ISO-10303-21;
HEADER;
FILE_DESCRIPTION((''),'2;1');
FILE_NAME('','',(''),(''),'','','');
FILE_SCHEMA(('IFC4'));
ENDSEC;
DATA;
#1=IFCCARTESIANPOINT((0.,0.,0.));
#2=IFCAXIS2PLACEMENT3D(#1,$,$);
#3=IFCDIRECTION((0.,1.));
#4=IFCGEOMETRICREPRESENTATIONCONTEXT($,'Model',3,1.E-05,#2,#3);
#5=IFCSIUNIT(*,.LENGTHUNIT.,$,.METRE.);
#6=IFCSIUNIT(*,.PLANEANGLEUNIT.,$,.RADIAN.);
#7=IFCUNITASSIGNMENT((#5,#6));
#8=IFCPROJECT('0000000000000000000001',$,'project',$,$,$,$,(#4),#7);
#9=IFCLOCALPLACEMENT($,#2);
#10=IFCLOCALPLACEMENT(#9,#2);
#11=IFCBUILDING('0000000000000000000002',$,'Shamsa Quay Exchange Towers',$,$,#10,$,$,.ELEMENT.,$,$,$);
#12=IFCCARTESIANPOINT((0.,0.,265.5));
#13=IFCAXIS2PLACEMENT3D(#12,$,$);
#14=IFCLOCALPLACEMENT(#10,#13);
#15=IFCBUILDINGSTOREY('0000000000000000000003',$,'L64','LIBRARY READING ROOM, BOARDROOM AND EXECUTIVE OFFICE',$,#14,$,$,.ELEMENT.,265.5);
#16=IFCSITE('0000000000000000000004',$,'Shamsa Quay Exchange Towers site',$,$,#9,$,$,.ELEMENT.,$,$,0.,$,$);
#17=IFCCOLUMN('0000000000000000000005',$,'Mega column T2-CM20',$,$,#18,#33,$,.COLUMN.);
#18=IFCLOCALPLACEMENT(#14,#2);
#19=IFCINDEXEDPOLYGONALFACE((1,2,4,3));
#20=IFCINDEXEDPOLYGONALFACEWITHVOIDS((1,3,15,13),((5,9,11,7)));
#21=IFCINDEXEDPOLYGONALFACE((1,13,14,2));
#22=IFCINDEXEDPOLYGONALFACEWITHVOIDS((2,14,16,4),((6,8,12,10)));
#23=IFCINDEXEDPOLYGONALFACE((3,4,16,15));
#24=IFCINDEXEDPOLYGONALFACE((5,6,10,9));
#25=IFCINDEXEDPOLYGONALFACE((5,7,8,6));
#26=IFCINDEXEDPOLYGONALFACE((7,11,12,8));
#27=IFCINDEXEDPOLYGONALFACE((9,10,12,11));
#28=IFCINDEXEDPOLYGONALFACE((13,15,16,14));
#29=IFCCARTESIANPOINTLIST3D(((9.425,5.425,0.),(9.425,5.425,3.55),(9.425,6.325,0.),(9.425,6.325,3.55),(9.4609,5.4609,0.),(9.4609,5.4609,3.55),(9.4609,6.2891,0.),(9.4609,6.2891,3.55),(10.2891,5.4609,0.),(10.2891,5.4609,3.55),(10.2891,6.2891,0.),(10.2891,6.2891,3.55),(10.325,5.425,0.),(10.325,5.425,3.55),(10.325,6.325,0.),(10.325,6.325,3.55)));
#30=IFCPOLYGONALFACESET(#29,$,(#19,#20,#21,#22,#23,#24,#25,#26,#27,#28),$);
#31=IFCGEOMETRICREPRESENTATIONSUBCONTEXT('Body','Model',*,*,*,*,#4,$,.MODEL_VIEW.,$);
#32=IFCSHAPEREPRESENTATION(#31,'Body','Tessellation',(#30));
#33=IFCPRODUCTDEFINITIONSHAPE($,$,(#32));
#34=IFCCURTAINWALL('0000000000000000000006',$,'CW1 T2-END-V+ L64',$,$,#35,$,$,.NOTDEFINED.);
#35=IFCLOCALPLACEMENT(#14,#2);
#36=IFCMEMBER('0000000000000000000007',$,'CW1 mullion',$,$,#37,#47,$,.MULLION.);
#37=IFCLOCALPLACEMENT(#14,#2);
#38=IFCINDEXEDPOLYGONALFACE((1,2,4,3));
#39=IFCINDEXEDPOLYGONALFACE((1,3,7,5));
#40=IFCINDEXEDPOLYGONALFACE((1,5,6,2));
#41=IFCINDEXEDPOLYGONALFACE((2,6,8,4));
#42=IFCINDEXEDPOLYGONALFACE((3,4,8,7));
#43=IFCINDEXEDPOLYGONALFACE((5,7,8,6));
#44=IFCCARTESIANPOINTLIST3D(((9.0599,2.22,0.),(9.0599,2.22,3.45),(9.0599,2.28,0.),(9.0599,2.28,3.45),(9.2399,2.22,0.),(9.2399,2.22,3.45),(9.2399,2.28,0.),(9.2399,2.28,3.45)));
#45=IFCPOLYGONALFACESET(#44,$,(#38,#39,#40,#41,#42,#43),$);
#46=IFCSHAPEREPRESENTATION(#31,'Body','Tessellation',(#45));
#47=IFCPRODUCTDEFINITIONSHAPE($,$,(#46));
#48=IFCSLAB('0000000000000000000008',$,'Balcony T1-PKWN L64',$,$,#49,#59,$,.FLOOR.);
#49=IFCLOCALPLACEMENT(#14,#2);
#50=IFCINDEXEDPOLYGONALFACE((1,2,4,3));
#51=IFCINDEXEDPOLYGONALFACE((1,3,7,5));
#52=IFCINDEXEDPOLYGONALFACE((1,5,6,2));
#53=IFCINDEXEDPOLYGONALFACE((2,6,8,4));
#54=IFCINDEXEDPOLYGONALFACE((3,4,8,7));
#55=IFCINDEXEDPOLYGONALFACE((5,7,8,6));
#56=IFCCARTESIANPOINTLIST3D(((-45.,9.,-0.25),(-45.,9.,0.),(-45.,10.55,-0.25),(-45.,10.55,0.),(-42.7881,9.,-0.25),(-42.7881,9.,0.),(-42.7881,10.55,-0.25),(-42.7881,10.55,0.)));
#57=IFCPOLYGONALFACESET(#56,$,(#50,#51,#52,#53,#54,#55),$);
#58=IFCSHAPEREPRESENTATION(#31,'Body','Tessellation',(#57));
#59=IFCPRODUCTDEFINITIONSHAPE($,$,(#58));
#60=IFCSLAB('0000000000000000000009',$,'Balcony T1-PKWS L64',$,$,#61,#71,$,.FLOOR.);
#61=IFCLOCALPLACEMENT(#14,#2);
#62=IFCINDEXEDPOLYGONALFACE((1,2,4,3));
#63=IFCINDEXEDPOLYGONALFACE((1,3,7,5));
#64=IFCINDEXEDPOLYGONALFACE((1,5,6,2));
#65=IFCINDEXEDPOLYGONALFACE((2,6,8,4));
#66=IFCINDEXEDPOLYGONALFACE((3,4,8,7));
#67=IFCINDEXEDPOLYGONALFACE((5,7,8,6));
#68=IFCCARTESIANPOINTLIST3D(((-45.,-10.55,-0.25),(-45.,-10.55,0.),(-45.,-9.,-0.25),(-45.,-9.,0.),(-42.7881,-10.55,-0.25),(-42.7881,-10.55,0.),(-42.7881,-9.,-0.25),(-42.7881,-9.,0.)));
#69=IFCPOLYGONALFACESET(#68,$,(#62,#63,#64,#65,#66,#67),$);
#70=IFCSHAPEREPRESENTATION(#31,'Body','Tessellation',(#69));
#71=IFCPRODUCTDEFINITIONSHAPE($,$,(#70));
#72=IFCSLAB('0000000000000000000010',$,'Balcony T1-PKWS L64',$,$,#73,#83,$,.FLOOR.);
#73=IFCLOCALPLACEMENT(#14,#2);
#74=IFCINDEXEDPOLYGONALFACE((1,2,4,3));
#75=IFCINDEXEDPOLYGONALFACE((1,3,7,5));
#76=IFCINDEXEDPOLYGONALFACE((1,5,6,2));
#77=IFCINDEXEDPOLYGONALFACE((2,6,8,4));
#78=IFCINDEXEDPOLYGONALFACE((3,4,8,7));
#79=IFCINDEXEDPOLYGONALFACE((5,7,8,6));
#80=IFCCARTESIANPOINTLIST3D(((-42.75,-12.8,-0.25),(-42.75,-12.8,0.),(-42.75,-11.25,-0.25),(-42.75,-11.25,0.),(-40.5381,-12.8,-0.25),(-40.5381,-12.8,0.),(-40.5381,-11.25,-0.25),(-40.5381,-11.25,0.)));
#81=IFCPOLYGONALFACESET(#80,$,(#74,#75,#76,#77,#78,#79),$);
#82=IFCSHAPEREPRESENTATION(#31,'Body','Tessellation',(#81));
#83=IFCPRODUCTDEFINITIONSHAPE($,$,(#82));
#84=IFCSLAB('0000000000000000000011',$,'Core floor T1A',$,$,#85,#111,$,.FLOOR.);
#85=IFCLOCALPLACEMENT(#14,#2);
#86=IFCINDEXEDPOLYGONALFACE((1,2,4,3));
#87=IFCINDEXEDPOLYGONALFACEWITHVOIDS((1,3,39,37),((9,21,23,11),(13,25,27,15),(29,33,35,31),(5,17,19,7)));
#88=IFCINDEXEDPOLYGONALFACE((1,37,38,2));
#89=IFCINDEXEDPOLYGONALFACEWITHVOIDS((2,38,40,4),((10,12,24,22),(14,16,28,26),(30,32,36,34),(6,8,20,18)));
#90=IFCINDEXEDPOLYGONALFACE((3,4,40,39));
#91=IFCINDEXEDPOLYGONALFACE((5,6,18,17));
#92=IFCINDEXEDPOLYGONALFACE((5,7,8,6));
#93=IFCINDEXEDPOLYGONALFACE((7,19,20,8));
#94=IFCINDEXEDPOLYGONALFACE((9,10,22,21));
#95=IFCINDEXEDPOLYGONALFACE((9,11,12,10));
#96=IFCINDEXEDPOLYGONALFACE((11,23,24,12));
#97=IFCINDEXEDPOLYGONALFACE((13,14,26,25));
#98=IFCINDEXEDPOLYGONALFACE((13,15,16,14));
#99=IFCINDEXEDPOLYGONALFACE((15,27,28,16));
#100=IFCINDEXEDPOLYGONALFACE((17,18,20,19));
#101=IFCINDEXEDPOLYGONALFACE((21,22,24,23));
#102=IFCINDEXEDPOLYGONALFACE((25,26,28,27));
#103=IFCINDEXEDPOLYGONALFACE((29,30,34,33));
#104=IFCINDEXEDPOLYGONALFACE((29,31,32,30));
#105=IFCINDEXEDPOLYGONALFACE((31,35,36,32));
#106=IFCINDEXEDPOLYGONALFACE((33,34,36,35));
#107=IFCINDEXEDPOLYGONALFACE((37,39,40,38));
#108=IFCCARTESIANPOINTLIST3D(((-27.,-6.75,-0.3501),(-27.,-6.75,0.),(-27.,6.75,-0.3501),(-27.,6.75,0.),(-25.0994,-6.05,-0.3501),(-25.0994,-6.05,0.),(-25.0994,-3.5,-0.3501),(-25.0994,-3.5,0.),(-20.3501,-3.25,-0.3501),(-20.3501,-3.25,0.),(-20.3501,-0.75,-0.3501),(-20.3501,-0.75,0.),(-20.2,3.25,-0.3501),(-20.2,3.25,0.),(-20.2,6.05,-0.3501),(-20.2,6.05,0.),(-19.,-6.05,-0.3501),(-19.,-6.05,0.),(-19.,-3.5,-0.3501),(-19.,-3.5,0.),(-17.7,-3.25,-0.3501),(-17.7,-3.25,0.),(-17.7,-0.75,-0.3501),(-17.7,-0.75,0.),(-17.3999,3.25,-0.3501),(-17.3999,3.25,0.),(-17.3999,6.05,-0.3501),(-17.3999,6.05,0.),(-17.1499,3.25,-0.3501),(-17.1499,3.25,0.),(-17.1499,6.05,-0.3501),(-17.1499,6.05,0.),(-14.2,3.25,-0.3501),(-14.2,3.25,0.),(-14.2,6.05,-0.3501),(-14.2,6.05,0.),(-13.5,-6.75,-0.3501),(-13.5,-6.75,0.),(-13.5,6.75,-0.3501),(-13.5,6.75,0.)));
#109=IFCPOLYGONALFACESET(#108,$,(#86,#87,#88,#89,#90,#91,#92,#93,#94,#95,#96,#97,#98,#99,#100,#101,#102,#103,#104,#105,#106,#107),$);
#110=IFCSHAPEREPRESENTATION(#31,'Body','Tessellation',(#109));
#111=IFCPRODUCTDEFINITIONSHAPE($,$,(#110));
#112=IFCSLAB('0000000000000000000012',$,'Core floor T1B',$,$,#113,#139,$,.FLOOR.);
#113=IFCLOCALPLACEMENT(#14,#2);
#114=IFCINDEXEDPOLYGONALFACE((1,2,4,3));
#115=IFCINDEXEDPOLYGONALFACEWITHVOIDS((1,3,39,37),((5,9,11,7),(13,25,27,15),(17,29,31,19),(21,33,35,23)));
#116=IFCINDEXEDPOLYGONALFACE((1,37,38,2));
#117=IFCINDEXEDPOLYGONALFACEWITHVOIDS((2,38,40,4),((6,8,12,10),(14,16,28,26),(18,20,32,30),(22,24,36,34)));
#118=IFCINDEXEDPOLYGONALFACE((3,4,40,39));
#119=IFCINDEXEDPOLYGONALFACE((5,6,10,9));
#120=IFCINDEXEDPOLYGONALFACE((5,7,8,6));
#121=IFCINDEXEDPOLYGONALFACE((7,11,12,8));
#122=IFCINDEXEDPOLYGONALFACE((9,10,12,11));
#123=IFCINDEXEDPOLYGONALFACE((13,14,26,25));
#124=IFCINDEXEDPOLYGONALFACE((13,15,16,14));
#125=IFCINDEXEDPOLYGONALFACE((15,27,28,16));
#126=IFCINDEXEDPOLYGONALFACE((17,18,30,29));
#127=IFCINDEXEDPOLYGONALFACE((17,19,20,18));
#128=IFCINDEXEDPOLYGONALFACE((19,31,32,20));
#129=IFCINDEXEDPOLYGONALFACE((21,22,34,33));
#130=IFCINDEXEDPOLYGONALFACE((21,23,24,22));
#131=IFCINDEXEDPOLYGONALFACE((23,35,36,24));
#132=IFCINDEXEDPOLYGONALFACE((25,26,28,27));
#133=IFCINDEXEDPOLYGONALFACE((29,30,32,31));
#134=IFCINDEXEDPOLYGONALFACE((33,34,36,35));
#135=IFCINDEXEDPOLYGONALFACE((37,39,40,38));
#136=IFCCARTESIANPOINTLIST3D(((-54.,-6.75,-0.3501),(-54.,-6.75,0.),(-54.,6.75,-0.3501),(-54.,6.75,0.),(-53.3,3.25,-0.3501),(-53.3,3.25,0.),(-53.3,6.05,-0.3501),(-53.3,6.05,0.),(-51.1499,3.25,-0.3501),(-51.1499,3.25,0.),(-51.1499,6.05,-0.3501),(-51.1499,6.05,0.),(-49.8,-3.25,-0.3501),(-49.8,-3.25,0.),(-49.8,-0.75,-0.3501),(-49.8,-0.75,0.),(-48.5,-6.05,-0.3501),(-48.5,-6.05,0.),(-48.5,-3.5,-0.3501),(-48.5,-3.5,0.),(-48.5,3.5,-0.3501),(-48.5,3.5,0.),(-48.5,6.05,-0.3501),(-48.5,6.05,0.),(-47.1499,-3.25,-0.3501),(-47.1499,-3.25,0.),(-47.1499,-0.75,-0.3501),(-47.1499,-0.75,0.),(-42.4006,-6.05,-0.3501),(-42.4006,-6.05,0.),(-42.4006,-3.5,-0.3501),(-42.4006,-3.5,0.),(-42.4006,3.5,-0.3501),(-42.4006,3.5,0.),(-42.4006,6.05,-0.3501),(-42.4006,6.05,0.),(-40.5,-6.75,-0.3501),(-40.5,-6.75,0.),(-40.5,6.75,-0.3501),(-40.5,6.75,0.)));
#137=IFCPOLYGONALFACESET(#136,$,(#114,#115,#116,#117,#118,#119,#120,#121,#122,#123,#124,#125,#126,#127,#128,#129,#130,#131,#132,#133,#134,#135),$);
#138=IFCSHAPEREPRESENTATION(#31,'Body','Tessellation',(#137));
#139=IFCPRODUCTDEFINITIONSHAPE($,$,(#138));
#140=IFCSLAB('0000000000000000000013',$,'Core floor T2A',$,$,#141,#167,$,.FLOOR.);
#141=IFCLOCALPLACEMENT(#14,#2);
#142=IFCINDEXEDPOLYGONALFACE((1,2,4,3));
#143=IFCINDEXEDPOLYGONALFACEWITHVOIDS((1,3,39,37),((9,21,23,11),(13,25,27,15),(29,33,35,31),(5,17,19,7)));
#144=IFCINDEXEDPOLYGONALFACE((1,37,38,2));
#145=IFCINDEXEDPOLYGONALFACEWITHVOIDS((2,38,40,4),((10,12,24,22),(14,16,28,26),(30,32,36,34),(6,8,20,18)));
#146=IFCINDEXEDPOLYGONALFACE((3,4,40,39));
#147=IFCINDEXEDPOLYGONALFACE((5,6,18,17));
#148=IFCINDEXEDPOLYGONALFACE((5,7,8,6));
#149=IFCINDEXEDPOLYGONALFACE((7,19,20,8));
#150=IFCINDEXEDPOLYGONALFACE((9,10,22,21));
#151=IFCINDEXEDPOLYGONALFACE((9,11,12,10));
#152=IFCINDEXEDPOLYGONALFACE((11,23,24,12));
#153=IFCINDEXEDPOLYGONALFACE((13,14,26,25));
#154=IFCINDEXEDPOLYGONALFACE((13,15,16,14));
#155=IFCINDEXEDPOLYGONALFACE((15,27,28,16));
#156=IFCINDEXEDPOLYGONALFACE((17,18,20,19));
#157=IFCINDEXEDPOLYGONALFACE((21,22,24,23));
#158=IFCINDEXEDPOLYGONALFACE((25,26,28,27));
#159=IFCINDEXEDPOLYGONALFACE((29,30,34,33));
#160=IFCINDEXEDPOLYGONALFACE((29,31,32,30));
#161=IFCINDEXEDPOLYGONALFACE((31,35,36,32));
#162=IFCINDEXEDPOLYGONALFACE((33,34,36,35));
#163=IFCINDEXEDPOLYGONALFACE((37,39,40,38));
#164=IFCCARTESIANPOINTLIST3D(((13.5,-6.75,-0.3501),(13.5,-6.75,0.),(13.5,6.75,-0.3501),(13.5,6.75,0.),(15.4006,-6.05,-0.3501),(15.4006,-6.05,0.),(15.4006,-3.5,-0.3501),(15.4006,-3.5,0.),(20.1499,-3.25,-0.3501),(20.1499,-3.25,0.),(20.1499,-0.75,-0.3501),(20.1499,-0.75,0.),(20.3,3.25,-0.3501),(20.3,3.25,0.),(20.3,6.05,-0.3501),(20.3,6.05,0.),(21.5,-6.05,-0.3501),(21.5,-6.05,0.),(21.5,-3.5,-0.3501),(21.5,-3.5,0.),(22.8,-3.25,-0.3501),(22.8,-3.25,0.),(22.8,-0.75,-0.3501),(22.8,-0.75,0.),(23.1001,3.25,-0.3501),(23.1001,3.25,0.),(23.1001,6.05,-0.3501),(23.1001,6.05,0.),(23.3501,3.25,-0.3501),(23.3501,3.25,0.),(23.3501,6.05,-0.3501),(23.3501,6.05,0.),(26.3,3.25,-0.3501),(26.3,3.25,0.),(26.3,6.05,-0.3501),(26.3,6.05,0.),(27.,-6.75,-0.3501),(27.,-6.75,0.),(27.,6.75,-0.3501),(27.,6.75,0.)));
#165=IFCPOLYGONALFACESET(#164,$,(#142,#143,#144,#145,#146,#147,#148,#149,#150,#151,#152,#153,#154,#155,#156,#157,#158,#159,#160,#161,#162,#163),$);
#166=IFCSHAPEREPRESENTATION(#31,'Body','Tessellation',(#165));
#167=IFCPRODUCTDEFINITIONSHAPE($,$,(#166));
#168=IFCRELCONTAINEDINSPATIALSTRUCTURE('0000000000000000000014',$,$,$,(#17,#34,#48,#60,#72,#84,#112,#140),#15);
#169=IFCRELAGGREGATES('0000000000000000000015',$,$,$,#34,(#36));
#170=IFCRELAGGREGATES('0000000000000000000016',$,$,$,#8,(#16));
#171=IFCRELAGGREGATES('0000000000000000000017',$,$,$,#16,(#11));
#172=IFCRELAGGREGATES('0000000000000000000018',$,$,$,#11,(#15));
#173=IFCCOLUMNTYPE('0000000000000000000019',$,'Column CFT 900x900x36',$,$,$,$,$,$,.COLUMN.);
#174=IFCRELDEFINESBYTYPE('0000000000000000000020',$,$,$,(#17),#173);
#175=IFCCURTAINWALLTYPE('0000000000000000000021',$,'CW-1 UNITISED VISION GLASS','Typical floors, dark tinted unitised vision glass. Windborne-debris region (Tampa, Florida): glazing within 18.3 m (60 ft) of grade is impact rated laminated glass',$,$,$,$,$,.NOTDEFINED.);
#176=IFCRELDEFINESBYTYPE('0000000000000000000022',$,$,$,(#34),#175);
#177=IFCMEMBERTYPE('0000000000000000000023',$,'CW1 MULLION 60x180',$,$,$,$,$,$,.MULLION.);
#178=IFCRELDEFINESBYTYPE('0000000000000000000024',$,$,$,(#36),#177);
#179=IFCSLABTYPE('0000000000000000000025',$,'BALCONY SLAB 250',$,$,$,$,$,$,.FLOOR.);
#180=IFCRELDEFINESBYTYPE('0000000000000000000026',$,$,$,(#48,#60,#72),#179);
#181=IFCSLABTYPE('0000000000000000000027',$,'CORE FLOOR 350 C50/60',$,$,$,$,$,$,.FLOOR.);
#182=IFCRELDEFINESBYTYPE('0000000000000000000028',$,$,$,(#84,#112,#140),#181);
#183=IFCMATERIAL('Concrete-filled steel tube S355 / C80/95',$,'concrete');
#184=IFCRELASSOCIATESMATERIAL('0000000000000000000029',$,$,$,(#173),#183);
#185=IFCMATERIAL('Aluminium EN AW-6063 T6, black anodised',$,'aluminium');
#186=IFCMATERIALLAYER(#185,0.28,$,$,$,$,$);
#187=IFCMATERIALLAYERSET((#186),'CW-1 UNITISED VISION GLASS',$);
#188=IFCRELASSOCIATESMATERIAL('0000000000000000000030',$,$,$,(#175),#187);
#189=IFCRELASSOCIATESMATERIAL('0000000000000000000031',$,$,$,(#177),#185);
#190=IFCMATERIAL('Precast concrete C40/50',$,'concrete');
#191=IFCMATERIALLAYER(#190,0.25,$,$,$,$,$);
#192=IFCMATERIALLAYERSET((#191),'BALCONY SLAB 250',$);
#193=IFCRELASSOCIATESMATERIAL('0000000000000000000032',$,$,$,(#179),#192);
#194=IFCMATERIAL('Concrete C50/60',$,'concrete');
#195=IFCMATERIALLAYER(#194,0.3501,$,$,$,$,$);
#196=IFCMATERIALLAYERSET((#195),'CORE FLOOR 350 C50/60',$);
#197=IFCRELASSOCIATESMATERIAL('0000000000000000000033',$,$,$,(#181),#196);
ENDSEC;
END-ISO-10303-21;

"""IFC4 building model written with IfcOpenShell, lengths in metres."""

from ifc_helpers import new_model, si_unit, direction, frame, origin, origin_2d, place, context, subcontext, project, spatial, polyline, rectangle, hollow_rectangle, outline, extrude, material, layer, layer_set, material_profile, profile_set, type_object, element, aggregate, save


model = new_model("IFC4")

# Units and contexts
model_context = context("Model", 3, precision=1e-05, world=origin(), true_north=direction((0.0, 1.0)))
body_context = subcontext(model_context, "Body", "Model", "MODEL_VIEW")
ifc_project = project(units=[si_unit("LENGTHUNIT", "METRE"), si_unit("PLANEANGLEUNIT", "RADIAN")], contexts=[model_context])

# Site, building, storey
site_placement = place(None, origin())
site = spatial("IfcSite", under=ifc_project, at=site_placement, Name="Shamsa Quay Exchange Towers site", CompositionType="ELEMENT", RefElevation=0.0)
building_placement = place(site_placement, origin())
building = spatial("IfcBuilding", under=site, at=building_placement, Name="Shamsa Quay Exchange Towers", CompositionType="ELEMENT")
storey_placement = place(building_placement, frame((0.0, 0.0, 265.5)))
storey = spatial("IfcBuildingStorey", under=building, at=storey_placement, Name="L64", Description="LIBRARY READING ROOM, BOARDROOM AND EXECUTIVE OFFICE", CompositionType="ELEMENT", Elevation=265.5)

# Column
ifc_material_1 = material(Name="Concrete-filled steel tube S355 / C80/95", Category="concrete")
ifc_material_profile_1 = material_profile(ifc_material_1, hollow_rectangle(XDim=0.8999, YDim=0.8999, WallThickness=0.0359, at=origin_2d()), Name="CFT 900x900x36")
ifc_profile_set_1 = profile_set([ifc_material_profile_1], Name="Concrete-filled steel tube S355 / C80/95")
column_type = type_object("IfcColumnType", Name="Column CFT 900x900x36", PredefinedType="COLUMN", material=ifc_profile_set_1)
column_placement = place(storey_placement, frame((9.875, 5.875, 0.0)))
element("IfcColumn", 1, at=column_placement, inside=storey, type_object=column_type, Name="Mega column T2-CM20", PredefinedType="COLUMN", context=body_context, shape_type="SweptSolid", body=[
    extrude(hollow_rectangle(XDim=0.8999, YDim=0.8999, WallThickness=0.0359, at=origin_2d()), origin(), (0.0, 0.0, 1.0), 3.55),
])

# Curtain wall, member
ifc_material_2 = material(Name="Aluminium EN AW-6063 T6, black anodised", Category="aluminium")
ifc_layer_1 = layer(ifc_material_2, 0.28)
ifc_layer_set_1 = layer_set([ifc_layer_1], Name="CW-1 UNITISED VISION GLASS")
curtain_wall_type = type_object("IfcCurtainWallType", Name="CW-1 UNITISED VISION GLASS", Description="Typical floors, dark tinted unitised vision glass. Windborne-debris region (Tampa, Florida): glazing within 18.3 m (60 ft) of grade is impact rated laminated glass", PredefinedType="NOTDEFINED", material=ifc_layer_set_1)
curtain_wall_1_placement = place(storey_placement, origin())
curtain_wall_1 = element("IfcCurtainWall", 2, at=curtain_wall_1_placement, inside=storey, type_object=curtain_wall_type, Name="CW1 T2-END-V+ L64", PredefinedType="NOTDEFINED")
ifc_material_profile_2 = material_profile(ifc_material_2, rectangle(XDim=0.1799, YDim=0.0601, at=origin_2d()), Name="MU60x180")
ifc_profile_set_2 = profile_set([ifc_material_profile_2], Name="Aluminium EN AW-6063 T6, black anodised")
member_type = type_object("IfcMemberType", Name="CW1 MULLION 60x180", PredefinedType="MULLION", material=ifc_profile_set_2)
member_placement = place(storey_placement, frame((9.1499, 2.25, 0.0)))
member = element("IfcMember", 3, at=member_placement, type_object=member_type, Name="CW1 mullion", PredefinedType="MULLION", context=body_context, shape_type="SweptSolid", body=[
    extrude(rectangle(XDim=0.1799, YDim=0.0601, at=origin_2d()), origin(), (0.0, 0.0, 1.0), 3.45),
])

# Slabs
ifc_material_3 = material(Name="Precast concrete C40/50", Category="concrete")
ifc_layer_2 = layer(ifc_material_3, 0.25)
ifc_layer_set_2 = layer_set([ifc_layer_2], Name="BALCONY SLAB 250")
slab_type_1 = type_object("IfcSlabType", Name="BALCONY SLAB 250", PredefinedType="FLOOR", material=ifc_layer_set_2)
slab_1_placement = place(storey_placement, frame((0.0, 0.0, -0.25)))
element("IfcSlab", 4, at=slab_1_placement, inside=storey, type_object=slab_type_1, Name="Balcony T1-PKWN L64", PredefinedType="FLOOR", context=body_context, shape_type="SweptSolid", body=[
    extrude(outline(polyline([(-42.7881, 9.0), (-45.0, 9.0), (-45.0, 10.55), (-42.7881, 10.55), (-42.7881, 9.0)])), origin(), (0.0, 0.0, 1.0), 0.25),
])
slab_2_placement = place(storey_placement, frame((0.0, 0.0, -0.25)))
element("IfcSlab", 5, at=slab_2_placement, inside=storey, type_object=slab_type_1, Name="Balcony T1-PKWS L64", PredefinedType="FLOOR", context=body_context, shape_type="SweptSolid", body=[
    extrude(outline(polyline([(-45.0, -9.0), (-42.7881, -9.0), (-42.7881, -10.55), (-45.0, -10.55), (-45.0, -9.0)])), origin(), (0.0, 0.0, 1.0), 0.25),
])
slab_3_placement = place(storey_placement, frame((0.0, 0.0, -0.25)))
element("IfcSlab", 6, at=slab_3_placement, inside=storey, type_object=slab_type_1, Name="Balcony T1-PKWS L64", PredefinedType="FLOOR", context=body_context, shape_type="SweptSolid", body=[
    extrude(outline(polyline([(-42.75, -11.25), (-40.5381, -11.25), (-40.5381, -12.8), (-42.75, -12.8), (-42.75, -11.25)])), origin(), (0.0, 0.0, 1.0), 0.25),
])
ifc_material_4 = material(Name="Concrete C50/60", Category="concrete")
ifc_layer_3 = layer(ifc_material_4, 0.3501)
ifc_layer_set_3 = layer_set([ifc_layer_3], Name="CORE FLOOR 350 C50/60")
slab_type_2 = type_object("IfcSlabType", Name="CORE FLOOR 350 C50/60", PredefinedType="FLOOR", material=ifc_layer_set_3)
slab_4_placement = place(storey_placement, frame((0.0, 0.0, -0.3501)))
element("IfcSlab", 7, at=slab_4_placement, inside=storey, type_object=slab_type_2, Name="Core floor T1A", PredefinedType="FLOOR", context=body_context, shape_type="SweptSolid", body=[
    extrude(outline(polyline([(-27.0, -6.75), (-13.5, -6.75), (-13.5, 6.75), (-27.0, 6.75), (-27.0, -6.75)]), holes=[polyline([(-25.0994, -6.05), (-25.0994, -3.5), (-19.0, -3.5), (-19.0, -6.05), (-25.0994, -6.05)]), polyline([(-20.2, 3.25), (-20.2, 6.05), (-17.3999, 6.05), (-17.3999, 3.25), (-20.2, 3.25)]), polyline([(-17.1499, 3.25), (-17.1499, 6.05), (-14.2, 6.05), (-14.2, 3.25), (-17.1499, 3.25)]), polyline([(-20.3501, -3.25), (-20.3501, -0.75), (-17.7, -0.75), (-17.7, -3.25), (-20.3501, -3.25)])]), origin(), (0.0, 0.0, 1.0), 0.3501),
])
slab_5_placement = place(storey_placement, frame((0.0, 0.0, -0.3501)))
element("IfcSlab", 8, at=slab_5_placement, inside=storey, type_object=slab_type_2, Name="Core floor T1B", PredefinedType="FLOOR", context=body_context, shape_type="SweptSolid", body=[
    extrude(outline(polyline([(-40.5, -6.75), (-40.5, 6.75), (-54.0, 6.75), (-54.0, -6.75), (-40.5, -6.75)]), holes=[polyline([(-42.4006, -3.5), (-42.4006, -6.05), (-48.5, -6.05), (-48.5, -3.5), (-42.4006, -3.5)]), polyline([(-42.4006, 6.05), (-42.4006, 3.5), (-48.5, 3.5), (-48.5, 6.05), (-42.4006, 6.05)]), polyline([(-51.1499, 3.25), (-53.3, 3.25), (-53.3, 6.05), (-51.1499, 6.05), (-51.1499, 3.25)]), polyline([(-47.1499, -3.25), (-49.8, -3.25), (-49.8, -0.75), (-47.1499, -0.75), (-47.1499, -3.25)])]), origin(), (0.0, 0.0, 1.0), 0.3501),
])
slab_6_placement = place(storey_placement, frame((0.0, 0.0, -0.3501)))
element("IfcSlab", 9, at=slab_6_placement, inside=storey, type_object=slab_type_2, Name="Core floor T2A", PredefinedType="FLOOR", context=body_context, shape_type="SweptSolid", body=[
    extrude(outline(polyline([(13.5, -6.75), (27.0, -6.75), (27.0, 6.75), (13.5, 6.75), (13.5, -6.75)]), holes=[polyline([(15.4006, -6.05), (15.4006, -3.5), (21.5, -3.5), (21.5, -6.05), (15.4006, -6.05)]), polyline([(20.3, 3.25), (20.3, 6.05), (23.1001, 6.05), (23.1001, 3.25), (20.3, 3.25)]), polyline([(23.3501, 3.25), (23.3501, 6.05), (26.3, 6.05), (26.3, 3.25), (23.3501, 3.25)]), polyline([(20.1499, -3.25), (20.1499, -0.75), (22.8, -0.75), (22.8, -3.25), (20.1499, -3.25)])]), origin(), (0.0, 0.0, 1.0), 0.3501),
])

aggregate(curtain_wall_1, [member])

save(model, "model.ifc")
